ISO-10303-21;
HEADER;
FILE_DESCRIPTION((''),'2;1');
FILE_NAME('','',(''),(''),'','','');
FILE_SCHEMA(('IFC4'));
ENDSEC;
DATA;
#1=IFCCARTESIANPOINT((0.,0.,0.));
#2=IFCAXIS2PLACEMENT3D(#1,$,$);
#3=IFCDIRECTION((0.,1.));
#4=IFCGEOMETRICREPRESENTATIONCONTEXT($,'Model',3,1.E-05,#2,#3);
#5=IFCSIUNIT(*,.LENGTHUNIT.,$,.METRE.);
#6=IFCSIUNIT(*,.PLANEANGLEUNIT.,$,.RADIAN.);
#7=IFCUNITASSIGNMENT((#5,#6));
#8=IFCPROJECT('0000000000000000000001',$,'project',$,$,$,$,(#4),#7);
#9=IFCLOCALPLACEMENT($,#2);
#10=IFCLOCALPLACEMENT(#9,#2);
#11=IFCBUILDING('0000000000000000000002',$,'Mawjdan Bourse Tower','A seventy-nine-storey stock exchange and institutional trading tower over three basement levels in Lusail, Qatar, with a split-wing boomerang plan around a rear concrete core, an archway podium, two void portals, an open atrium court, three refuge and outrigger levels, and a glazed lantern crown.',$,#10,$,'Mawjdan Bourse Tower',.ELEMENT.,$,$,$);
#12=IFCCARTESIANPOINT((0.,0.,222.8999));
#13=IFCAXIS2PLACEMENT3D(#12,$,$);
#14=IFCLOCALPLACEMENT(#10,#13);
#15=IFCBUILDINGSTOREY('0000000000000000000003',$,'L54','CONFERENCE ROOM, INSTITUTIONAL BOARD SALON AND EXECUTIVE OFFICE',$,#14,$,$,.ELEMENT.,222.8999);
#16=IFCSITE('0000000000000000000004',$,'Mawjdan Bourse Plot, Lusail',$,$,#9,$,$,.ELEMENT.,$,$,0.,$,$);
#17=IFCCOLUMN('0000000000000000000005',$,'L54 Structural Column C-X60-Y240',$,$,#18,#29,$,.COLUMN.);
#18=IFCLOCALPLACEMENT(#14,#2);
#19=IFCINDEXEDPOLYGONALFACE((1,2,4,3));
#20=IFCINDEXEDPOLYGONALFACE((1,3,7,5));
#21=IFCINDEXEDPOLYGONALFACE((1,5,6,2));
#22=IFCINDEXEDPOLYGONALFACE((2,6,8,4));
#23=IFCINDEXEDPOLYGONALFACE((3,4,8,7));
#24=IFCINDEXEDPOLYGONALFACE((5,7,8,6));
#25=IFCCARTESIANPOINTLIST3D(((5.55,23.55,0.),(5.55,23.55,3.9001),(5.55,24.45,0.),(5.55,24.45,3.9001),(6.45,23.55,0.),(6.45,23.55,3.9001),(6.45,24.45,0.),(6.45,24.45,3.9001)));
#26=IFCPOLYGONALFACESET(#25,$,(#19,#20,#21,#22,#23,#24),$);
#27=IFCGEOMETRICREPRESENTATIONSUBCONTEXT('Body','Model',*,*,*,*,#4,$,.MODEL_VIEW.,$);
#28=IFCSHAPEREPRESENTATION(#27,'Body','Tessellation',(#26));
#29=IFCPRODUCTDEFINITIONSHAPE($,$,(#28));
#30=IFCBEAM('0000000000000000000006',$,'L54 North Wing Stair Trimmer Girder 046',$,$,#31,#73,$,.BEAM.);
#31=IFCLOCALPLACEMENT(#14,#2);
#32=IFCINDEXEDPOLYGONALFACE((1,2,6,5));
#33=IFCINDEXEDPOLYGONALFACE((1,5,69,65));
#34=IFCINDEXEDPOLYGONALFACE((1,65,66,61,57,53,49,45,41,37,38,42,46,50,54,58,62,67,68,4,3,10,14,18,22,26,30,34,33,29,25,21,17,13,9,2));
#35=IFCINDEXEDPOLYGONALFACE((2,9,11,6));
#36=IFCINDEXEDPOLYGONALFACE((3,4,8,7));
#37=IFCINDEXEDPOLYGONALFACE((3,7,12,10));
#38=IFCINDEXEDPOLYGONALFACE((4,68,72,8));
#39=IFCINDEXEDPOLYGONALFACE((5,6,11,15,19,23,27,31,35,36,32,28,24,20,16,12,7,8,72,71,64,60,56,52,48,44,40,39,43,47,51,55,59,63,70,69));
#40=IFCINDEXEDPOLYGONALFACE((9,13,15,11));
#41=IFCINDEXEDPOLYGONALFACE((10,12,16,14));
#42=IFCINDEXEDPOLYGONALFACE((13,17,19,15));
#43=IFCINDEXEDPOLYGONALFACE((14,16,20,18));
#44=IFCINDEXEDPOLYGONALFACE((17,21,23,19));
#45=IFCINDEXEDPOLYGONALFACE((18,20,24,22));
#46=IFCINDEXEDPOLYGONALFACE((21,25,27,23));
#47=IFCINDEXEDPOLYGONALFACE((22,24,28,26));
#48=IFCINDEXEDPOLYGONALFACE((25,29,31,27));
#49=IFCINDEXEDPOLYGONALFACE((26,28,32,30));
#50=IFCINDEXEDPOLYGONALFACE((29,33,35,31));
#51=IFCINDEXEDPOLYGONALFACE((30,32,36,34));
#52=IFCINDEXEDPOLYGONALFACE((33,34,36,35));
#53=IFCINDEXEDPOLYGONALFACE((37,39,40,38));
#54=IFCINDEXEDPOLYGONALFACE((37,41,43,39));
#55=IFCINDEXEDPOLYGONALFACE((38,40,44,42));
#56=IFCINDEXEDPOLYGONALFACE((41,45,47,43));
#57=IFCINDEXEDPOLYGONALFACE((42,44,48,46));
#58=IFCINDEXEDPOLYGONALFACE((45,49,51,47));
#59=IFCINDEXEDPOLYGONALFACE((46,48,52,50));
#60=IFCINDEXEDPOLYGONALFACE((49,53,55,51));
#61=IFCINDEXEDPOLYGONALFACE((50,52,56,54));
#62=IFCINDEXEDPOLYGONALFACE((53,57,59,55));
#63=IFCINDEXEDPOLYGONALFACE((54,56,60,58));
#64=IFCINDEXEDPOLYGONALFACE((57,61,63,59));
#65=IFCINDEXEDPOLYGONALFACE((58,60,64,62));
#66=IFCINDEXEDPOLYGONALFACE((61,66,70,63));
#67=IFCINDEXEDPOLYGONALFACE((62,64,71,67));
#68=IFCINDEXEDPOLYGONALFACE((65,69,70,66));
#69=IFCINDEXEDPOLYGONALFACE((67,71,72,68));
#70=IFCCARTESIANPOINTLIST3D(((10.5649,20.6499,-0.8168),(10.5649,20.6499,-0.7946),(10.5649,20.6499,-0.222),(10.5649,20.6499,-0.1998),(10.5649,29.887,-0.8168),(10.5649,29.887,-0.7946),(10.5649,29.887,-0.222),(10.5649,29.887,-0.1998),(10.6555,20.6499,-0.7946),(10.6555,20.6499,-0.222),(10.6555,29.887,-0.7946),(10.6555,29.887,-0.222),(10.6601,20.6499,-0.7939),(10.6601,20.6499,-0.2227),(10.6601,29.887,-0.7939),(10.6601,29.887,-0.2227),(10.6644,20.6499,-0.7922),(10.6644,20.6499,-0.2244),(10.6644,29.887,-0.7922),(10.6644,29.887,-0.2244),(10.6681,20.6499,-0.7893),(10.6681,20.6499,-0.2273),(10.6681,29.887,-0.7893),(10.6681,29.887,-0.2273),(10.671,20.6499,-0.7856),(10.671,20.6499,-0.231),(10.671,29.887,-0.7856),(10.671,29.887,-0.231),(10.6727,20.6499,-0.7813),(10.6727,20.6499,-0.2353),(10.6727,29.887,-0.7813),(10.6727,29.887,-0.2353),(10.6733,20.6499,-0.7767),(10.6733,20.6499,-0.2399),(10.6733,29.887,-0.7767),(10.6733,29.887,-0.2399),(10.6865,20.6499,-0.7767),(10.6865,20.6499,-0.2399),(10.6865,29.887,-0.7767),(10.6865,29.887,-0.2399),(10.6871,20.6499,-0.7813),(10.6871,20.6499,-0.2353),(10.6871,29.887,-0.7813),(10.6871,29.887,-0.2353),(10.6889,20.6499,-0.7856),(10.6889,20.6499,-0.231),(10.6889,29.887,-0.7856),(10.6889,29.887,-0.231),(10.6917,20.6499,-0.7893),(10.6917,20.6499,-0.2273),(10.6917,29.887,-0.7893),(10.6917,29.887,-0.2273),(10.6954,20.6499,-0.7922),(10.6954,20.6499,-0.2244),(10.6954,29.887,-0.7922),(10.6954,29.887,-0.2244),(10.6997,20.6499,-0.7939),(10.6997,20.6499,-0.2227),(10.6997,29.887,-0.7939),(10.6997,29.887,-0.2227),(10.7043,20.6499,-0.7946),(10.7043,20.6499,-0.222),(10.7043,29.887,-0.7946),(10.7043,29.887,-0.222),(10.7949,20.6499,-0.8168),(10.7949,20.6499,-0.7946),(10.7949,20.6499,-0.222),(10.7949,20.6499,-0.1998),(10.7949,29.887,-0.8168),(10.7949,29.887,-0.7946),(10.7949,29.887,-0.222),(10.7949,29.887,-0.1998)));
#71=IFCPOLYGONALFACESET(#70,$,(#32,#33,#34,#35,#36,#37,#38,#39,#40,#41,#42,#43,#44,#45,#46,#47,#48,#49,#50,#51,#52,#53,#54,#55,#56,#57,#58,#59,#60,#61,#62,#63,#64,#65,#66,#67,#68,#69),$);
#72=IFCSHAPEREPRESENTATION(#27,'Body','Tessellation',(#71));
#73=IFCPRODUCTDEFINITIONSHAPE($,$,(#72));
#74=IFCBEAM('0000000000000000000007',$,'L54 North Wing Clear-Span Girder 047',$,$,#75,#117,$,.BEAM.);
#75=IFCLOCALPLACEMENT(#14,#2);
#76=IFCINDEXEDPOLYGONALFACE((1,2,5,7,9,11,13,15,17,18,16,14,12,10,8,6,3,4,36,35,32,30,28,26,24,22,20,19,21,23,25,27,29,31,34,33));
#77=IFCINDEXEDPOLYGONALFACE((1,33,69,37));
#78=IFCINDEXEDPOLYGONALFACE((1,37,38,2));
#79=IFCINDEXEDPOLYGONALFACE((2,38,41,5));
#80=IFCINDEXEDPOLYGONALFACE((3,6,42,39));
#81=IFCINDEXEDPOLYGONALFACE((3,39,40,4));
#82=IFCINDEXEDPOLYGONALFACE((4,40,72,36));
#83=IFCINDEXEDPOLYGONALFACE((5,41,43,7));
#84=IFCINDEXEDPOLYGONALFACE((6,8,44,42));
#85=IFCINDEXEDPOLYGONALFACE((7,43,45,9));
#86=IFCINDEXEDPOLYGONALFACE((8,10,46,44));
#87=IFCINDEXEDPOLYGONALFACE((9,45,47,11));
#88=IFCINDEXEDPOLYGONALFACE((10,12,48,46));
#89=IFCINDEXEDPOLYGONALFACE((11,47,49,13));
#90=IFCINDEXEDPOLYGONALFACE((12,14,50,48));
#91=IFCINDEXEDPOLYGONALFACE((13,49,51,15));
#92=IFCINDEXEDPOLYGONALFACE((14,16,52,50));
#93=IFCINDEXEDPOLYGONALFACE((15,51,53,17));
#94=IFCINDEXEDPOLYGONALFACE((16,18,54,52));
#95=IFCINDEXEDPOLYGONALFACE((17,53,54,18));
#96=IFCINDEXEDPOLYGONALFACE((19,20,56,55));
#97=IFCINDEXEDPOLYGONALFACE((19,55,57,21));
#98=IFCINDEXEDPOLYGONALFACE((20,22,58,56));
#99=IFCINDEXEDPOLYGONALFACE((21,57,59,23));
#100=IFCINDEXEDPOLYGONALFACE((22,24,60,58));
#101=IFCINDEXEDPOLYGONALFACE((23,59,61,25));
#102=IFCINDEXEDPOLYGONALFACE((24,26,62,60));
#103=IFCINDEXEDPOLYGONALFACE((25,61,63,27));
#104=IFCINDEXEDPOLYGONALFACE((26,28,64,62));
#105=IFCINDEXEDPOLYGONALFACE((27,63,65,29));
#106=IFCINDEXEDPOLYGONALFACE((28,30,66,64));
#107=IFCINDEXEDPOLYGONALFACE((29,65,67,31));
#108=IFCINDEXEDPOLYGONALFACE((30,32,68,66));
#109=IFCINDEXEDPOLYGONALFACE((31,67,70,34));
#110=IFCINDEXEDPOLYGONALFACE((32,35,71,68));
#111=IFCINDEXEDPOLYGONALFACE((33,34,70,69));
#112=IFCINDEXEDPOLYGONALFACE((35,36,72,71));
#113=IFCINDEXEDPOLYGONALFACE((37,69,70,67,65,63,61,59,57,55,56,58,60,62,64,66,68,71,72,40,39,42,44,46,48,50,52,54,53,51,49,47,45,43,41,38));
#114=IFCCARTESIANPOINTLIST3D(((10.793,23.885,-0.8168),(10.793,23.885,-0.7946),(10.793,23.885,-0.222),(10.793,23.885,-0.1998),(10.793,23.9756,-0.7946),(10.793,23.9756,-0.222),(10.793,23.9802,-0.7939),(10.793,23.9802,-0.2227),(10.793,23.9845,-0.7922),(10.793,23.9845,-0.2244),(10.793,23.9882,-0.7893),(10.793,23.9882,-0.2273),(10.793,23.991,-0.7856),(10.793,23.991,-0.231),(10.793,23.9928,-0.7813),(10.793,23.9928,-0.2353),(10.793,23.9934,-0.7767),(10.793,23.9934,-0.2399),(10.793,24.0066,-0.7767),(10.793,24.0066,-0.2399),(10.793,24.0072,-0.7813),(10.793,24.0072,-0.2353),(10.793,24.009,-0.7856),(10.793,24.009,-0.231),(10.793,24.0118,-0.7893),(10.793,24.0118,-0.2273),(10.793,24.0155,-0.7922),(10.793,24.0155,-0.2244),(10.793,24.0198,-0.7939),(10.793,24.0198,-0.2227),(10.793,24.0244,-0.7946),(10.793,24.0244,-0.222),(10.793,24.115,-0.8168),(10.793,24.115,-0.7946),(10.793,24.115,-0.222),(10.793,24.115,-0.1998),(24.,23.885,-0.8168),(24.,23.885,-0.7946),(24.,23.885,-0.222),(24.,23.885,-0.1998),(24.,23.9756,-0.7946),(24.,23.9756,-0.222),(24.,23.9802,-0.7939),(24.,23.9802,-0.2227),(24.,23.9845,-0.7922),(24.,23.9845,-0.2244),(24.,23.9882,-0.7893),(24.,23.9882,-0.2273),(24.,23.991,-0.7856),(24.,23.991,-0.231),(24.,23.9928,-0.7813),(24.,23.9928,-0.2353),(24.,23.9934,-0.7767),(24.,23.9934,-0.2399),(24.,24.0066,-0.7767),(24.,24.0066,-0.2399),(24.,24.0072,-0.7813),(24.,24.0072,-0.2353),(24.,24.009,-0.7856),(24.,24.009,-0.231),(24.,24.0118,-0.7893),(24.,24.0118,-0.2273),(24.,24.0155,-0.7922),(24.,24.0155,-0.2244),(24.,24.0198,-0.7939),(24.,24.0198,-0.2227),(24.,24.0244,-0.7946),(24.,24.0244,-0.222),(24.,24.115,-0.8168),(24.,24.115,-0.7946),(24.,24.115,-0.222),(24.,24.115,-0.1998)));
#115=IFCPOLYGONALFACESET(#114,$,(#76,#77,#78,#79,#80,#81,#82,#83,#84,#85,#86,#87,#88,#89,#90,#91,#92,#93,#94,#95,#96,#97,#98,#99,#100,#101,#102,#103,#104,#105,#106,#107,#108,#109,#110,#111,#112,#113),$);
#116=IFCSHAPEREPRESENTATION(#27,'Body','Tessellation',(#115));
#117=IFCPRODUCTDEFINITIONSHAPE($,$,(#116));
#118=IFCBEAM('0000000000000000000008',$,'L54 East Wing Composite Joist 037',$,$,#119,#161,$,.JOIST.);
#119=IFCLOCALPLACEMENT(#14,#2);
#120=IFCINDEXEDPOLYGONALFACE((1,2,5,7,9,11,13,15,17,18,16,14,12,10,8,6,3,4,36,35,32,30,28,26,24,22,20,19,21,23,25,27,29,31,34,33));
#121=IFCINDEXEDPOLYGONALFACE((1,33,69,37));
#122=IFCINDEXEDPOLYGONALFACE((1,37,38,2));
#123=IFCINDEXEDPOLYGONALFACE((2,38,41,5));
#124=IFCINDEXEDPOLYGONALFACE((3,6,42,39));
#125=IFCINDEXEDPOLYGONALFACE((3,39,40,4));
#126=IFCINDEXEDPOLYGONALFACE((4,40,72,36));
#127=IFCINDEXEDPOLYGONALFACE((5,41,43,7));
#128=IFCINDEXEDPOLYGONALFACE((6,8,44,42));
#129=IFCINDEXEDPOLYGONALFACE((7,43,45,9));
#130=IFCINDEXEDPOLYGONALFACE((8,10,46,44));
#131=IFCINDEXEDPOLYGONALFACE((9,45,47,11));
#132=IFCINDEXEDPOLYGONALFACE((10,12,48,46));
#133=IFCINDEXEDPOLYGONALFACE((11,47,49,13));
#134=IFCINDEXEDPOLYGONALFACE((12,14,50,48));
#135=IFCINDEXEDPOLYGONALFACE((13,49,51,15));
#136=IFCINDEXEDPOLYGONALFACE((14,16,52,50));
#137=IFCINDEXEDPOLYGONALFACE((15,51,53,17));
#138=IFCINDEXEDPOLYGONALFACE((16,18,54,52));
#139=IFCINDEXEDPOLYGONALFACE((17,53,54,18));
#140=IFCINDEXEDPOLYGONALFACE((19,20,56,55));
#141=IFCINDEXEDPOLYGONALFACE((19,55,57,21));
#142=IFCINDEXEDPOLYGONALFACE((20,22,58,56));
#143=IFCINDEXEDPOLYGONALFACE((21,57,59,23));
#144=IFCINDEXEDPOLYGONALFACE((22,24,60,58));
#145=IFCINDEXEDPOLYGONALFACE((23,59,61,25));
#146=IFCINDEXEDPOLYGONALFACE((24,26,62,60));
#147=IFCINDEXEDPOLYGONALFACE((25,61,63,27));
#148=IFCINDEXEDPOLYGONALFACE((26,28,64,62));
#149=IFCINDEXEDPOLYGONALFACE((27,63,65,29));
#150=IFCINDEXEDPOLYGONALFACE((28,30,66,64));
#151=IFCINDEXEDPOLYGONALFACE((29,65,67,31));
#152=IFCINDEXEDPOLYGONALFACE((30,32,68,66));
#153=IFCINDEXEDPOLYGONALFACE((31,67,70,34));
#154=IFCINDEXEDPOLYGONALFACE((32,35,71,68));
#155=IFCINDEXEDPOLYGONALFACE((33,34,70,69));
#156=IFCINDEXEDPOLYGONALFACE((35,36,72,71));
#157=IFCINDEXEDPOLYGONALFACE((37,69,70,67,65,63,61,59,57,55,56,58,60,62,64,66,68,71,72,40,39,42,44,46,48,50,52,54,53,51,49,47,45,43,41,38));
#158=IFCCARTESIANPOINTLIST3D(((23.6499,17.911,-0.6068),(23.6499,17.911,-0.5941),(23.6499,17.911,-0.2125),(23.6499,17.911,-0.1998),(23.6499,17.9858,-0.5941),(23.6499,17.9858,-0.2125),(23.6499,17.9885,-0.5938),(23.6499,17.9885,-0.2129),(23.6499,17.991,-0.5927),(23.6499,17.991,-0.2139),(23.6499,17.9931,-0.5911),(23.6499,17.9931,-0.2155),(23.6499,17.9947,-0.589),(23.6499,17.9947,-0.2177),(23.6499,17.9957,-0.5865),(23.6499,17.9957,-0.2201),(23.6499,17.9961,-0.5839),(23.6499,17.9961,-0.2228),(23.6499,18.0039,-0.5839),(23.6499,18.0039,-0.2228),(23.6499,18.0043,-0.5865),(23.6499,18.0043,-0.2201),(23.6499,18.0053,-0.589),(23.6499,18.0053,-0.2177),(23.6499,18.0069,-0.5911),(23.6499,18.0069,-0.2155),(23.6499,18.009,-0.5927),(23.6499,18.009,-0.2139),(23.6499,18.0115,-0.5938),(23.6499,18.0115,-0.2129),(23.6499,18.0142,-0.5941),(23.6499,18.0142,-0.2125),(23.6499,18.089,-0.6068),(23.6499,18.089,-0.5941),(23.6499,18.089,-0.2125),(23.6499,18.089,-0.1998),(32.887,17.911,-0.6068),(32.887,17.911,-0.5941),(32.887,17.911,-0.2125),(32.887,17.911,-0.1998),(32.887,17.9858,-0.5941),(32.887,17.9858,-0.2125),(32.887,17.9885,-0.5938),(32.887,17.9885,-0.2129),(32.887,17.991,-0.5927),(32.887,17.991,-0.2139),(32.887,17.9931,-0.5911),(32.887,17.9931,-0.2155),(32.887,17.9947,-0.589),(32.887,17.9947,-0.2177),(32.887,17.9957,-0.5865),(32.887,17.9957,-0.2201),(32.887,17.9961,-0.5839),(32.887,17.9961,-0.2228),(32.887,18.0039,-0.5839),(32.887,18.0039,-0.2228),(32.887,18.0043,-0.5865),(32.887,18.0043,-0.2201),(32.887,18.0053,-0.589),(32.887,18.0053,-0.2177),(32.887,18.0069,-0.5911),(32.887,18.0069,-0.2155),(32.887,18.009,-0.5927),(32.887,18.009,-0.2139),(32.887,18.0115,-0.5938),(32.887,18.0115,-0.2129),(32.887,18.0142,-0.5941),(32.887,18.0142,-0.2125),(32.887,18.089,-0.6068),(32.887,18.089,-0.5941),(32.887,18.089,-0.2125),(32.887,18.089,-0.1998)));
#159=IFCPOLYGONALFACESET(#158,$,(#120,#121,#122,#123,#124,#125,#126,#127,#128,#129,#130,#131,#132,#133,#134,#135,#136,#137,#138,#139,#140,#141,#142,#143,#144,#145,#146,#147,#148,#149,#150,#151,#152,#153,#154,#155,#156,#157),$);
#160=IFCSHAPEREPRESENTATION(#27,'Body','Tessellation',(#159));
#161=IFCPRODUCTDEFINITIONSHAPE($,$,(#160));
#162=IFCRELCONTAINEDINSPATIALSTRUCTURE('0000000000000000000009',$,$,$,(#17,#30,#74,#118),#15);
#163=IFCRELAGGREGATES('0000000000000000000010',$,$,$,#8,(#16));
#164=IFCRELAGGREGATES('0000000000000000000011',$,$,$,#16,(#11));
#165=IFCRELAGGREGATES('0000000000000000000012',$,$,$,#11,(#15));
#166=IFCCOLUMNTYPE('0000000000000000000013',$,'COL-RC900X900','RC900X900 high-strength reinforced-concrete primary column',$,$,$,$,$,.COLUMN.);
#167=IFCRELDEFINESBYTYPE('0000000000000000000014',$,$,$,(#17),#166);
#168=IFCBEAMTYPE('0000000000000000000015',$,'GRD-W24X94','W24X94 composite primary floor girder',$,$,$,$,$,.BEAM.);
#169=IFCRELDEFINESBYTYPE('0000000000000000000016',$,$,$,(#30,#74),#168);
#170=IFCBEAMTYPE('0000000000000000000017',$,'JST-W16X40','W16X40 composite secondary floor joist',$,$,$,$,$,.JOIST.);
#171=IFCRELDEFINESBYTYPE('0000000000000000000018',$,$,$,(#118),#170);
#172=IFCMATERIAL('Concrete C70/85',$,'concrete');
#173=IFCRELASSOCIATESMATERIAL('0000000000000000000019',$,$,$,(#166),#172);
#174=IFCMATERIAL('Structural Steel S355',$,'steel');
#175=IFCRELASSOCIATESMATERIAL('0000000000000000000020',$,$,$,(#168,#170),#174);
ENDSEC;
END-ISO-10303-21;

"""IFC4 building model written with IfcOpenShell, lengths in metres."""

from ifc_helpers import new_model, si_unit, direction, frame, origin, origin_2d, place, context, subcontext, project, spatial, rectangle, i_section, extrude, material, material_profile, profile_set, type_object, element, save


model = new_model("IFC4")

# Units and contexts
model_context = context("Model", 3, precision=1e-05, world=origin(), true_north=direction((0.0, 1.0)))
body_context = subcontext(model_context, "Body", "Model", "MODEL_VIEW")
ifc_project = project(units=[si_unit("LENGTHUNIT", "METRE"), si_unit("PLANEANGLEUNIT", "RADIAN")], contexts=[model_context])

# Site, building, storey
site_placement = place(None, origin())
site = spatial("IfcSite", under=ifc_project, at=site_placement, Name="Mawjdan Bourse Plot, Lusail", CompositionType="ELEMENT", RefElevation=0.0)
building_placement = place(site_placement, origin())
building = spatial("IfcBuilding", under=site, at=building_placement, Name="Mawjdan Bourse Tower", Description="A seventy-nine-storey stock exchange and institutional trading tower over three basement levels in Lusail, Qatar, with a split-wing boomerang plan around a rear concrete core, an archway podium, two void portals, an open atrium court, three refuge and outrigger levels, and a glazed lantern crown.", LongName="Mawjdan Bourse Tower", CompositionType="ELEMENT")
storey_placement = place(building_placement, frame((0.0, 0.0, 222.8999)))
storey = spatial("IfcBuildingStorey", under=building, at=storey_placement, Name="L54", Description="CONFERENCE ROOM, INSTITUTIONAL BOARD SALON AND EXECUTIVE OFFICE", CompositionType="ELEMENT", Elevation=222.8999)

# Column
ifc_material_1 = material(Name="Concrete C70/85", Category="concrete")
ifc_material_profile_1 = material_profile(ifc_material_1, rectangle(XDim=0.8999, YDim=0.8999, at=origin_2d()), Name="RC900X900")
ifc_profile_set_1 = profile_set([ifc_material_profile_1], Name="Concrete C70/85")
column_type = type_object("IfcColumnType", Name="COL-RC900X900", Description="RC900X900 high-strength reinforced-concrete primary column", PredefinedType="COLUMN", material=ifc_profile_set_1)
column_placement = place(storey_placement, frame((6.0, 24.0, 0.0), z_axis=(0.0, 0.0, 1.0), x_axis=(1.0, 0.0, 0.0)))
element("IfcColumn", 1, at=column_placement, inside=storey, type_object=column_type, Name="L54 Structural Column C-X60-Y240", PredefinedType="COLUMN", context=body_context, shape_type="SweptSolid", body=[
    extrude(rectangle(XDim=0.8999, YDim=0.8999, at=origin_2d()), origin(), (0.0, 0.0, 1.0), 3.9001),
])

# Beams
ifc_material_2 = material(Name="Structural Steel S355", Category="steel")
ifc_material_profile_2 = material_profile(ifc_material_2, i_section(OverallWidth=0.23, OverallDepth=0.6169, WebThickness=0.0132, FlangeThickness=0.0222, FilletRadius=0.0178, at=origin_2d()), Name="W24X94")
ifc_profile_set_2 = profile_set([ifc_material_profile_2], Name="Structural Steel S355")
beam_type_1 = type_object("IfcBeamType", Name="GRD-W24X94", Description="W24X94 composite primary floor girder", PredefinedType="BEAM", material=ifc_profile_set_2)
beam_1_placement = place(storey_placement, frame((10.6799, 20.6499, -0.5083), z_axis=(0.0, 1.0, 0.0), x_axis=(-1.0, 0.0, 0.0)))
element("IfcBeam", 2, at=beam_1_placement, inside=storey, type_object=beam_type_1, Name="L54 North Wing Stair Trimmer Girder 046", PredefinedType="BEAM", context=body_context, shape_type="SweptSolid", body=[
    extrude(i_section(OverallWidth=0.23, OverallDepth=0.6169, WebThickness=0.0132, FlangeThickness=0.0222, FilletRadius=0.0178, at=origin_2d()), origin(), (0.0, 0.0, 1.0), 9.2371),
])
beam_2_placement = place(storey_placement, frame((10.793, 24.0, -0.5083), z_axis=(1.0, 0.0, 0.0), x_axis=(0.0, 1.0, 0.0)))
element("IfcBeam", 3, at=beam_2_placement, inside=storey, type_object=beam_type_1, Name="L54 North Wing Clear-Span Girder 047", PredefinedType="BEAM", context=body_context, shape_type="SweptSolid", body=[
    extrude(i_section(OverallWidth=0.23, OverallDepth=0.6169, WebThickness=0.0132, FlangeThickness=0.0222, FilletRadius=0.0178, at=origin_2d()), origin(), (0.0, 0.0, 1.0), 13.207),
])
ifc_material_profile_3 = material_profile(ifc_material_2, i_section(OverallWidth=0.178, OverallDepth=0.407, WebThickness=0.0078, FlangeThickness=0.0127, FilletRadius=0.0103, at=origin_2d()), Name="W16X40")
ifc_profile_set_3 = profile_set([ifc_material_profile_3], Name="Structural Steel S355")
beam_type_2 = type_object("IfcBeamType", Name="JST-W16X40", Description="W16X40 composite secondary floor joist", PredefinedType="JOIST", material=ifc_profile_set_3)
beam_3_placement = place(storey_placement, frame((23.6499, 18.0, -0.4033), z_axis=(1.0, 0.0, 0.0), x_axis=(0.0, 1.0, 0.0)))
element("IfcBeam", 4, at=beam_3_placement, inside=storey, type_object=beam_type_2, Name="L54 East Wing Composite Joist 037", PredefinedType="JOIST", context=body_context, shape_type="SweptSolid", body=[
    extrude(i_section(OverallWidth=0.178, OverallDepth=0.407, WebThickness=0.0078, FlangeThickness=0.0127, FilletRadius=0.0103, at=origin_2d()), origin(), (0.0, 0.0, 1.0), 9.2371),
])

save(model, "model.ifc")
